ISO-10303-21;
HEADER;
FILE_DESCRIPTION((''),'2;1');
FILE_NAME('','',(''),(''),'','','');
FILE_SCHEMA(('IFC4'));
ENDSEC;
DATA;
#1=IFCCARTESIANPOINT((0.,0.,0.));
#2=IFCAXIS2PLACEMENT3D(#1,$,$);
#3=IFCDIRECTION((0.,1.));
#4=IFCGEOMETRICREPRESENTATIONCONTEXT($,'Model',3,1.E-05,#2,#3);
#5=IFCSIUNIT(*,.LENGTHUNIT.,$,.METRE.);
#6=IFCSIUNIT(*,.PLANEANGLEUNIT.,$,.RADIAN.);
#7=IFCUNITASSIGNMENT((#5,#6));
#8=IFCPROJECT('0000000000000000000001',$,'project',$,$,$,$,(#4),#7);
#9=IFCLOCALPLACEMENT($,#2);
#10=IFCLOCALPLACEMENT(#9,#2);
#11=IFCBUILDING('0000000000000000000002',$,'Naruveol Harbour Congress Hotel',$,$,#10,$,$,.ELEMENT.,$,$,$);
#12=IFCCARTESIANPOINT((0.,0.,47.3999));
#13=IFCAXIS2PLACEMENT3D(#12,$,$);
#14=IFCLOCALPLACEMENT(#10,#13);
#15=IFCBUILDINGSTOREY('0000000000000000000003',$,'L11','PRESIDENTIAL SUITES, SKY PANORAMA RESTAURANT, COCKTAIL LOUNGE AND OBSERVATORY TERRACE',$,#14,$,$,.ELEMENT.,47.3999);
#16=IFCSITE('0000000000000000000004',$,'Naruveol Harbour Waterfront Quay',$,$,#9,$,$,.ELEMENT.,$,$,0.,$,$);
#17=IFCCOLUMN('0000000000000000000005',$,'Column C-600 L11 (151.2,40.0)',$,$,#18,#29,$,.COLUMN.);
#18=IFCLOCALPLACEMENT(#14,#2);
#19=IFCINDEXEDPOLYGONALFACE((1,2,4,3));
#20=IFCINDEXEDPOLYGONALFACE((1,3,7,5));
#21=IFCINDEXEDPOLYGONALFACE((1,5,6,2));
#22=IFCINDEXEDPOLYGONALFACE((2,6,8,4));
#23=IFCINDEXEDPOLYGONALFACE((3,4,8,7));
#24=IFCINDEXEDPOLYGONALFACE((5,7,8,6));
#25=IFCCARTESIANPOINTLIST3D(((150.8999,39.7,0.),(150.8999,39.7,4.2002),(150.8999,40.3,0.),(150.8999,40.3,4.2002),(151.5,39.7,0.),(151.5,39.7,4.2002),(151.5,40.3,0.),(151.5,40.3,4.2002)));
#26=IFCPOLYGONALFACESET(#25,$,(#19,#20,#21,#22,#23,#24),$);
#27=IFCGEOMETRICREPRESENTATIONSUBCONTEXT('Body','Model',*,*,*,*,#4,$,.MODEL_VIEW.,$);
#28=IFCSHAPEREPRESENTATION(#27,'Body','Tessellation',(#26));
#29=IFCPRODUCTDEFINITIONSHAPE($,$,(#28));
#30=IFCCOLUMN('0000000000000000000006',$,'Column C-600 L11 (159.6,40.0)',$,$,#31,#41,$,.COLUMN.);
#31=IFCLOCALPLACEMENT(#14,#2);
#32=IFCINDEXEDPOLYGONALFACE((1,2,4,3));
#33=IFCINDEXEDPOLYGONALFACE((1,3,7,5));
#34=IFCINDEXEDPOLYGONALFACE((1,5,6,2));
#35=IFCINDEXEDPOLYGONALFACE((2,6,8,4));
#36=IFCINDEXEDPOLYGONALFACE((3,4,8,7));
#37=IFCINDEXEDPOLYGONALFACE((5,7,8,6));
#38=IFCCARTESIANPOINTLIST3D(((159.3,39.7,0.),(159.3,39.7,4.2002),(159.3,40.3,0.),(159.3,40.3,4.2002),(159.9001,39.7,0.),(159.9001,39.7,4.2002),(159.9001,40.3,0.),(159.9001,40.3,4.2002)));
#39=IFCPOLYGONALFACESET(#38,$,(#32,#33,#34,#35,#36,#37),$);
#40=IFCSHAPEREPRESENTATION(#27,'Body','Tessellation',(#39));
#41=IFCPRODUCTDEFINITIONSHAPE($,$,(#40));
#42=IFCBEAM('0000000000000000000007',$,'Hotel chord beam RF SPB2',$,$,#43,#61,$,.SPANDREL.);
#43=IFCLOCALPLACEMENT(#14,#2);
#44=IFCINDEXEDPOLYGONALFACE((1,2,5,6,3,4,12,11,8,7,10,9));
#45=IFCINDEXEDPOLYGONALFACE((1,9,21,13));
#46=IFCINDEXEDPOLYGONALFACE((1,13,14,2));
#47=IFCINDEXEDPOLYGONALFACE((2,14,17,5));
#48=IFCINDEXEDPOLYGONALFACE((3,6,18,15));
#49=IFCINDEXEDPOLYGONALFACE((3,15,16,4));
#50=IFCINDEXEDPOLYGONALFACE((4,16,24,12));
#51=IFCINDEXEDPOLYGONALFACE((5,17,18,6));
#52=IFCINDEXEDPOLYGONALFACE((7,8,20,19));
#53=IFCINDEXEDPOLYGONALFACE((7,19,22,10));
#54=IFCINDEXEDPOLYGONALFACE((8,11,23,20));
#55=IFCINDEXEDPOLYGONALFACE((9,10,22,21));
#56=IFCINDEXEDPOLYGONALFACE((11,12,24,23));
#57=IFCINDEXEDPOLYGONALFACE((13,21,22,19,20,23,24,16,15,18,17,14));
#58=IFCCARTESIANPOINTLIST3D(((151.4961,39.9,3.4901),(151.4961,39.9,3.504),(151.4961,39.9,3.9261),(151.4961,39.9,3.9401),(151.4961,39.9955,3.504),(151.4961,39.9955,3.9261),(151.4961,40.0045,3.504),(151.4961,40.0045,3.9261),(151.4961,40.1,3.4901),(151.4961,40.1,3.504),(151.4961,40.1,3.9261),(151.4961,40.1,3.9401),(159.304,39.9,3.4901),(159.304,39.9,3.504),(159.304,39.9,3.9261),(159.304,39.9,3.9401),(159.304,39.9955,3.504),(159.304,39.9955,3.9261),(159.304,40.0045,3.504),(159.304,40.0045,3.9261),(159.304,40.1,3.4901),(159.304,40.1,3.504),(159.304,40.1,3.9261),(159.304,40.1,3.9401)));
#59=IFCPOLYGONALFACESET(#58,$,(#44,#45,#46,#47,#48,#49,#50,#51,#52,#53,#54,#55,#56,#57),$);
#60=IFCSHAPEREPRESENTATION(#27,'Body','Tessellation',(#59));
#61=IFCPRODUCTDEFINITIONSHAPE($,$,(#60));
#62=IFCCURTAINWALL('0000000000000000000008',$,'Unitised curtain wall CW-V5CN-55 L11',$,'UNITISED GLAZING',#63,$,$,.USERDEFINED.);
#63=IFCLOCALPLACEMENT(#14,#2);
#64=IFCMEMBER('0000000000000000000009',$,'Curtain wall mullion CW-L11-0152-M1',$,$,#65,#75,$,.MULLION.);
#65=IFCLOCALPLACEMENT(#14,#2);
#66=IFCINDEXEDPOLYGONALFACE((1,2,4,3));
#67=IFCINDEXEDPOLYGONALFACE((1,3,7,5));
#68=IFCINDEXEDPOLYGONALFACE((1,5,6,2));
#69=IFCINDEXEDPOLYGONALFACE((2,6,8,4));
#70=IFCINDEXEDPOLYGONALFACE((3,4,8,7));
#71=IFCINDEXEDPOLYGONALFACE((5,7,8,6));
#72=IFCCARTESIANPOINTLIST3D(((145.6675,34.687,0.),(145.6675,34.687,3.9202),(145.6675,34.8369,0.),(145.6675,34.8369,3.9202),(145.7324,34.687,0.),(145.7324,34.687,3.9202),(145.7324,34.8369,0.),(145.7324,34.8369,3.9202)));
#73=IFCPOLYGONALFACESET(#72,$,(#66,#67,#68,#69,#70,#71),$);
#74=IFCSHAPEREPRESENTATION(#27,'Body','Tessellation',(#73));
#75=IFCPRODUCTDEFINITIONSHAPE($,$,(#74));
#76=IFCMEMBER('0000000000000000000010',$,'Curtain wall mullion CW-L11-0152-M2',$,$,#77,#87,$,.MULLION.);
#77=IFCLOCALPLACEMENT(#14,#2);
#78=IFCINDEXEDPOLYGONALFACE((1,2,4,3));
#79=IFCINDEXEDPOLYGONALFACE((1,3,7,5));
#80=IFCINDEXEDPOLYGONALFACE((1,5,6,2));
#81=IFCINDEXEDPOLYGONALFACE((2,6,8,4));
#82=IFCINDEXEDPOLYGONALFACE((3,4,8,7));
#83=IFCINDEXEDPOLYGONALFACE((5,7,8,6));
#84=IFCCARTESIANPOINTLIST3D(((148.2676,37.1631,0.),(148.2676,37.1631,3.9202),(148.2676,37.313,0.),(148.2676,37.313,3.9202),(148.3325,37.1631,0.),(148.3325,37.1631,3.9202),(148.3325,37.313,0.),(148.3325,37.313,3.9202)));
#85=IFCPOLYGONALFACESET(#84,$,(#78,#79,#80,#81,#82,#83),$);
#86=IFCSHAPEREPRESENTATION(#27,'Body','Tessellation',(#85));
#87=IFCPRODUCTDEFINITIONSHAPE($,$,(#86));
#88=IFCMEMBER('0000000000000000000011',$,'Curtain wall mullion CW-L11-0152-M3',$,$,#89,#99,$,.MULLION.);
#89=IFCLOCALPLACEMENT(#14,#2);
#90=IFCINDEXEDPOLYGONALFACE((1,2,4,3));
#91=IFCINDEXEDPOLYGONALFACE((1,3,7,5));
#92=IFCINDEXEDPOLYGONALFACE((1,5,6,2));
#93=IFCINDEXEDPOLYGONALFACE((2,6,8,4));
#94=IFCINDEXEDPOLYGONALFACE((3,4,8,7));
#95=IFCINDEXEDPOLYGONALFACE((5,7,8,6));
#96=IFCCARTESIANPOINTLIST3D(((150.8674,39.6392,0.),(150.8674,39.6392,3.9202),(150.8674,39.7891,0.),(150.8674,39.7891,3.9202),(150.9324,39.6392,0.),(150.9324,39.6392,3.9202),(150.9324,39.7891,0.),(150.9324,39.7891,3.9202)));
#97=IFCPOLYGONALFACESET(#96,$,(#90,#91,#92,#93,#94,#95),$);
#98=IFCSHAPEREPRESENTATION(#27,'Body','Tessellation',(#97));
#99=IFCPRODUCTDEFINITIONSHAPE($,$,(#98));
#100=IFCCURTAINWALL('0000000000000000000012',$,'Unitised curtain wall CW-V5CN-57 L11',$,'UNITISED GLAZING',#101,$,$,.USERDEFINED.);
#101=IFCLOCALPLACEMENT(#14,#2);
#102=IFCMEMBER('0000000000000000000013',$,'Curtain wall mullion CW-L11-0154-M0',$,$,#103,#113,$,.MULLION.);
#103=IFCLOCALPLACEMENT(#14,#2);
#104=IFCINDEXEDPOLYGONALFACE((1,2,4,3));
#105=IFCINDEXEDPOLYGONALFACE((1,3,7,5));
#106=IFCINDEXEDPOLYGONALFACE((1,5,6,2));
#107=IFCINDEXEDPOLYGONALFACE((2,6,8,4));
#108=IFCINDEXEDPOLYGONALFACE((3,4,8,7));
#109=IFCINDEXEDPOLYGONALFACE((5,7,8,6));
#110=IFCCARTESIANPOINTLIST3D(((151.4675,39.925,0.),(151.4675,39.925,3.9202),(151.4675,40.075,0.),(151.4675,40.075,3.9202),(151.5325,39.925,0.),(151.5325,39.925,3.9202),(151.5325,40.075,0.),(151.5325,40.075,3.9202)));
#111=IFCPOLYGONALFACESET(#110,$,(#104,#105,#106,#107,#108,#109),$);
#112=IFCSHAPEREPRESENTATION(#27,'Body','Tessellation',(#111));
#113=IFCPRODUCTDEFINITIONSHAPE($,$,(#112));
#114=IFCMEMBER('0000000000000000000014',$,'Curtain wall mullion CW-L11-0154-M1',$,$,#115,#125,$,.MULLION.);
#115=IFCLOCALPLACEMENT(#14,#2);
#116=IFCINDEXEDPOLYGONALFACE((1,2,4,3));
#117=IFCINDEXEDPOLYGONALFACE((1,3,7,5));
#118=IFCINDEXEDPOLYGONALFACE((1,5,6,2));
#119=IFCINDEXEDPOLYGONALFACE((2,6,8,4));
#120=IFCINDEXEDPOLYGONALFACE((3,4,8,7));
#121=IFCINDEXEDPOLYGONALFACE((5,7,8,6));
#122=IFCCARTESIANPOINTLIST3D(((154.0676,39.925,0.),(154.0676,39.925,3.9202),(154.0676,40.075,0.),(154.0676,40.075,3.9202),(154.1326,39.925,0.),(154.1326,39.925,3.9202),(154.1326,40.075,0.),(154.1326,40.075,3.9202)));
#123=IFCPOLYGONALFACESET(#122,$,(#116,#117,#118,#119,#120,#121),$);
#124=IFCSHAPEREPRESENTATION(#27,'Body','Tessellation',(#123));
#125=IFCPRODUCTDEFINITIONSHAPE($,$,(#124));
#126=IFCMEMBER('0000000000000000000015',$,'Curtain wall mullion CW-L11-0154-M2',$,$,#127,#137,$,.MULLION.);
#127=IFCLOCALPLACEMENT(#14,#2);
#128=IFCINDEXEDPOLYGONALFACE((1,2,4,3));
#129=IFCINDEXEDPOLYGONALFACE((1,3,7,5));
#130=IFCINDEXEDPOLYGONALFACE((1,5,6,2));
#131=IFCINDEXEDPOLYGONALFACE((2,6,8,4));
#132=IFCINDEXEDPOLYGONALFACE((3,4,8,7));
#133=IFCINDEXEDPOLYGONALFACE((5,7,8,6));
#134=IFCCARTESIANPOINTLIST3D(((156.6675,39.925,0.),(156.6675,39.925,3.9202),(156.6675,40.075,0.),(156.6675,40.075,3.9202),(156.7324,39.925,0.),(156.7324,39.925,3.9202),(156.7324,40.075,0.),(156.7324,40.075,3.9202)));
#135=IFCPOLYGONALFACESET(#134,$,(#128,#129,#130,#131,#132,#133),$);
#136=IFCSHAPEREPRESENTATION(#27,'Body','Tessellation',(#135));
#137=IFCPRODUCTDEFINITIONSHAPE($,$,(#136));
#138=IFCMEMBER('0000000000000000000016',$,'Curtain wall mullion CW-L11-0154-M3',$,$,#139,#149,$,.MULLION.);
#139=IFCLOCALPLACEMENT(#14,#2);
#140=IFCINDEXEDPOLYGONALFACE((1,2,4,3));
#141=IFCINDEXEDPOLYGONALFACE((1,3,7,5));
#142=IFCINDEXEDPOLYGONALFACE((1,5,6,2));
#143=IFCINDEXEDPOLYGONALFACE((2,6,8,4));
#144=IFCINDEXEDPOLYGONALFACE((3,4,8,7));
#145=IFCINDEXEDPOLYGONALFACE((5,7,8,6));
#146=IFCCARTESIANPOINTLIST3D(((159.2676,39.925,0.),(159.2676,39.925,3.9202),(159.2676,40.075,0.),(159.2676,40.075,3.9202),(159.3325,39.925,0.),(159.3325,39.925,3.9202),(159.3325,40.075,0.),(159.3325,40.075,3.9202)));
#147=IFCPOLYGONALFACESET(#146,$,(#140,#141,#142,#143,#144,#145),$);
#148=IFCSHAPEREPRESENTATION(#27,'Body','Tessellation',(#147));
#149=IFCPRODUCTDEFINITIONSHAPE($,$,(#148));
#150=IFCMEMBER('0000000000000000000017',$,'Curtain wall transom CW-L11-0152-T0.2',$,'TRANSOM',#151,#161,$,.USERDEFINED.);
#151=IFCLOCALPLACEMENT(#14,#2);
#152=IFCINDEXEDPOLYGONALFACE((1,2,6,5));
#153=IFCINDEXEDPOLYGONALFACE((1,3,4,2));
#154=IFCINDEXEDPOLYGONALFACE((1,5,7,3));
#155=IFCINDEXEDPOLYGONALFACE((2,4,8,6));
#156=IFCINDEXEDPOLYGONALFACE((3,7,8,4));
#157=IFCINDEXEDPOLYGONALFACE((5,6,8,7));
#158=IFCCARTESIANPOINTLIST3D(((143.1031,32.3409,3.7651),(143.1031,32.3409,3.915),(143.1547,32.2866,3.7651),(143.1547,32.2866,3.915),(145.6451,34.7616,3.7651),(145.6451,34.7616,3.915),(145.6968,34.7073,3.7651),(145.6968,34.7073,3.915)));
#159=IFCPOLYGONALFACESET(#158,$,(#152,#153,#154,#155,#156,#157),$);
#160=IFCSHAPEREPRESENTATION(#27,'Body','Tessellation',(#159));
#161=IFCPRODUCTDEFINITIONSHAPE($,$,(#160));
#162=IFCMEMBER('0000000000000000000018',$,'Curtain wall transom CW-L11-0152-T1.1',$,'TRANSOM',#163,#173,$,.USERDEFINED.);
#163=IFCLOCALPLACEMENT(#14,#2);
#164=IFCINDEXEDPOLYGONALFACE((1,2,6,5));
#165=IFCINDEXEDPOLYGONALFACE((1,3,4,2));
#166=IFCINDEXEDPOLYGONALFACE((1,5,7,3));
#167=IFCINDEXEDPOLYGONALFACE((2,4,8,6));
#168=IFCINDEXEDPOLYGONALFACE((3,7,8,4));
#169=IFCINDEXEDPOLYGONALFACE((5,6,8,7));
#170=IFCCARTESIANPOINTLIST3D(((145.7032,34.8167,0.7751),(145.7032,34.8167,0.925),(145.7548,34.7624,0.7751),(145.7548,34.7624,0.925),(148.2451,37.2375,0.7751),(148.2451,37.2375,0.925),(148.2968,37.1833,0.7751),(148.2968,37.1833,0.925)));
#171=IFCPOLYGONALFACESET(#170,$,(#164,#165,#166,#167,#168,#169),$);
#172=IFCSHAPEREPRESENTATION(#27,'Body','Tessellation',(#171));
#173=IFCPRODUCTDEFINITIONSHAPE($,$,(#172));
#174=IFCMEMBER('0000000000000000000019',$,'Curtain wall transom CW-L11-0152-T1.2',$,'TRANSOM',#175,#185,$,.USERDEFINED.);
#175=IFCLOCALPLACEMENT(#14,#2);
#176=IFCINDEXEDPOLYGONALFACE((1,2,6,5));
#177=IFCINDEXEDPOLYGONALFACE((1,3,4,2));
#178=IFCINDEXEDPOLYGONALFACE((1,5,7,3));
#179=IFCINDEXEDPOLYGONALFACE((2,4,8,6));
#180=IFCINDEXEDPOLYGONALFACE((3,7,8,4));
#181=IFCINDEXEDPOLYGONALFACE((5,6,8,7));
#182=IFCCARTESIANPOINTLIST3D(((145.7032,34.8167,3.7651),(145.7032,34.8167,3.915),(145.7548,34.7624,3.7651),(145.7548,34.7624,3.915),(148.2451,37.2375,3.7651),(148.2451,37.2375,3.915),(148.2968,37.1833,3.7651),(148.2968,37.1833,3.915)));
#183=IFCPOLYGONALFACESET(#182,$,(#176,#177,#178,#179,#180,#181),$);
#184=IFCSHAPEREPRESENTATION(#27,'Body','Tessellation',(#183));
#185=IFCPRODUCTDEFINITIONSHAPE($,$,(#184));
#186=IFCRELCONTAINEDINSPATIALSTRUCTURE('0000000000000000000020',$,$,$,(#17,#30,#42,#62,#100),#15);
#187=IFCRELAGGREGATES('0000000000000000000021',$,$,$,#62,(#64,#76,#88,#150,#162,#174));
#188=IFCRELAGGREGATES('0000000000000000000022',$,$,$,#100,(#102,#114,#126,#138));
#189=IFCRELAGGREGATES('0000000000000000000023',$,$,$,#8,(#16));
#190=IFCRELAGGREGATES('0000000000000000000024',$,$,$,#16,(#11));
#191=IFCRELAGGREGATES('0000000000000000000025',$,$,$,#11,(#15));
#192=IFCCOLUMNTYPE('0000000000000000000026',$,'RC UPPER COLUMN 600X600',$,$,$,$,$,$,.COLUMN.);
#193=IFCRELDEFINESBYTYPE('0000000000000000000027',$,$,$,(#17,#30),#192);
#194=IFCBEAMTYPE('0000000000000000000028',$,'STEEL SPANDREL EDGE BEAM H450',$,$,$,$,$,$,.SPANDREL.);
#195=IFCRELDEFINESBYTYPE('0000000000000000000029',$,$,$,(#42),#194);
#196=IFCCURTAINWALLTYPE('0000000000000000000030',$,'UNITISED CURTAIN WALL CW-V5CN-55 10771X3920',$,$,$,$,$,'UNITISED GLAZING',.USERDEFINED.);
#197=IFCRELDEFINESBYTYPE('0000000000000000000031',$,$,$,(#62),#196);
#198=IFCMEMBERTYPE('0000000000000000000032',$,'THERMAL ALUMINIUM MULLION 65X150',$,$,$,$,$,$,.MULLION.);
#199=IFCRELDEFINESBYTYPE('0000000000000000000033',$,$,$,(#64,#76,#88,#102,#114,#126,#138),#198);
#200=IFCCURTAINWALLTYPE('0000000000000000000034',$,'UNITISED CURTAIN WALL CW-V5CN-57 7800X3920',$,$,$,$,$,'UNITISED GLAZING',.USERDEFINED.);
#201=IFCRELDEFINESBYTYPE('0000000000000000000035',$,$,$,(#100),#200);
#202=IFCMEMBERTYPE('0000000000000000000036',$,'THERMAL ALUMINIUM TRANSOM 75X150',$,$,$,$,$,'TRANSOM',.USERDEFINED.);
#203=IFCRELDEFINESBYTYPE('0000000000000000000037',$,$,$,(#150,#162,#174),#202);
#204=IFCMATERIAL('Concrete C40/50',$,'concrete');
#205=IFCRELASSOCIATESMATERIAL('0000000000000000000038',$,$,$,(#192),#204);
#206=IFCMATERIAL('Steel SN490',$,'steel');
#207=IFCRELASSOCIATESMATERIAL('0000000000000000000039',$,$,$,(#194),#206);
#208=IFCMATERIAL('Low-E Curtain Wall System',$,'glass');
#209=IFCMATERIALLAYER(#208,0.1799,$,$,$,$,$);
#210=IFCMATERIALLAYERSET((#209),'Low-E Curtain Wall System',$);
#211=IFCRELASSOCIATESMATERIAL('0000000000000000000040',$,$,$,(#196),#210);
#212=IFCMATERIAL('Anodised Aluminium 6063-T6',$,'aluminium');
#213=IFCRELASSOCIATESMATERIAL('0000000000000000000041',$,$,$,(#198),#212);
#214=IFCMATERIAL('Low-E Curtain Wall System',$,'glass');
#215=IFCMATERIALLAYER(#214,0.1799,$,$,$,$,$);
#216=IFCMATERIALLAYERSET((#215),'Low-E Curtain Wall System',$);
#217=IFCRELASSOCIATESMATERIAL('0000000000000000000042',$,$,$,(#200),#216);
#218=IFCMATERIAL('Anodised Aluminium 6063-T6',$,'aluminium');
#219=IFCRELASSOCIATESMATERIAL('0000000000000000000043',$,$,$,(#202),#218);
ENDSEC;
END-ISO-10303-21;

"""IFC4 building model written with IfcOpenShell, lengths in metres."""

from ifc_helpers import new_model, si_unit, direction, frame, origin, origin_2d, place, context, subcontext, project, spatial, rectangle, i_section, extrude, material, layer, layer_set, material_profile, profile_set, type_object, element, aggregate, save


model = new_model("IFC4")

# Units and contexts
model_context = context("Model", 3, precision=1e-05, world=origin(), true_north=direction((0.0, 1.0)))
body_context = subcontext(model_context, "Body", "Model", "MODEL_VIEW")
ifc_project = project(units=[si_unit("LENGTHUNIT", "METRE"), si_unit("PLANEANGLEUNIT", "RADIAN")], contexts=[model_context])

# Site, building, storey
site_placement = place(None, origin())
site = spatial("IfcSite", under=ifc_project, at=site_placement, Name="Naruveol Harbour Waterfront Quay", CompositionType="ELEMENT", RefElevation=0.0)
building_placement = place(site_placement, origin())
building = spatial("IfcBuilding", under=site, at=building_placement, Name="Naruveol Harbour Congress Hotel", CompositionType="ELEMENT")
storey_placement = place(building_placement, frame((0.0, 0.0, 47.3999)))
storey = spatial("IfcBuildingStorey", under=building, at=storey_placement, Name="L11", Description="PRESIDENTIAL SUITES, SKY PANORAMA RESTAURANT, COCKTAIL LOUNGE AND OBSERVATORY TERRACE", CompositionType="ELEMENT", Elevation=47.3999)

# Columns
ifc_material_1 = material(Name="Concrete C40/50", Category="concrete")
ifc_material_profile_1 = material_profile(ifc_material_1, rectangle(XDim=0.6001, YDim=0.6001, at=origin_2d()), Name="RC-600x600")
ifc_profile_set_1 = profile_set([ifc_material_profile_1], Name="Concrete C40/50")
column_type = type_object("IfcColumnType", Name="RC UPPER COLUMN 600X600", PredefinedType="COLUMN", material=ifc_profile_set_1)
for number, where, z_axis, x_axis, name in (
    (1, (151.2, 40.0, 0.0), (0.0, 0.0, 1.0), (1.0, 0.0, 0.0), "Column C-600 L11 (151.2,40.0)"),
    (2, (159.6001, 40.0, 0.0), (0.0, 0.0, 1.0), (1.0, 0.0, 0.0), "Column C-600 L11 (159.6,40.0)"),
):
    element("IfcColumn", number, at=place(storey_placement, frame(where, z_axis=z_axis, x_axis=x_axis)), inside=storey, type_object=column_type, Name=name, PredefinedType="COLUMN", context=body_context, shape_type="SweptSolid", body=[
        extrude(rectangle(XDim=0.6001, YDim=0.6001, at=origin_2d()), origin(), (0.0, 0.0, 1.0), 4.2002),
    ])

# Beam
ifc_material_2 = material(Name="Steel SN490", Category="steel")
ifc_material_profile_2 = material_profile(ifc_material_2, i_section(OverallWidth=0.2, OverallDepth=0.45, WebThickness=0.009, FlangeThickness=0.0139, at=origin_2d()), Name="H-450x200x9x14")
ifc_profile_set_2 = profile_set([ifc_material_profile_2], Name="Steel SN490")
beam_type = type_object("IfcBeamType", Name="STEEL SPANDREL EDGE BEAM H450", PredefinedType="SPANDREL", material=ifc_profile_set_2)
beam_placement = place(storey_placement, frame((151.4961, 40.0, 3.7151), z_axis=(1.0, 0.0, 0.0), x_axis=(0.0, 1.0, 0.0)))
element("IfcBeam", 3, at=beam_placement, inside=storey, type_object=beam_type, Name="Hotel chord beam RF SPB2", PredefinedType="SPANDREL", context=body_context, shape_type="SweptSolid", body=[
    extrude(i_section(OverallWidth=0.2, OverallDepth=0.45, WebThickness=0.009, FlangeThickness=0.0139, at=origin_2d()), origin(), (0.0, 0.0, 1.0), 7.8079),
])

# Curtain walls, members
ifc_material_3 = material(Name="Low-E Curtain Wall System", Category="glass")
ifc_layer_1 = layer(ifc_material_3, 0.1799)
ifc_layer_set_1 = layer_set([ifc_layer_1], Name="Low-E Curtain Wall System")
curtain_wall_type_1 = type_object("IfcCurtainWallType", Name="UNITISED CURTAIN WALL CW-V5CN-55 10771X3920", ElementType="UNITISED GLAZING", PredefinedType="USERDEFINED", material=ifc_layer_set_1)
curtain_wall_1_placement = place(storey_placement, origin())
curtain_wall_1 = element("IfcCurtainWall", 4, at=curtain_wall_1_placement, inside=storey, type_object=curtain_wall_type_1, Name="Unitised curtain wall CW-V5CN-55 L11", ObjectType="UNITISED GLAZING", PredefinedType="USERDEFINED")
ifc_material_4 = material(Name="Anodised Aluminium 6063-T6", Category="aluminium")
ifc_material_profile_3 = material_profile(ifc_material_4, rectangle(XDim=0.0649, YDim=0.1499, at=origin_2d()), Name="ALU-65x150")
ifc_profile_set_3 = profile_set([ifc_material_profile_3], Name="Anodised Aluminium 6063-T6")
member_type_1 = type_object("IfcMemberType", Name="THERMAL ALUMINIUM MULLION 65X150", PredefinedType="MULLION", material=ifc_profile_set_3)
member_1_placement = place(storey_placement, frame((145.7, 34.762, 0.0), z_axis=(0.0, 0.0, 1.0), x_axis=(1.0, 0.0, 0.0)))
member_1 = element("IfcMember", 5, at=member_1_placement, type_object=member_type_1, Name="Curtain wall mullion CW-L11-0152-M1", PredefinedType="MULLION", context=body_context, shape_type="SweptSolid", body=[
    extrude(rectangle(XDim=0.0649, YDim=0.1499, at=origin_2d()), origin(), (0.0, 0.0, 1.0), 3.9202),
])
member_2_placement = place(storey_placement, frame((148.3, 37.238, 0.0), z_axis=(0.0, 0.0, 1.0), x_axis=(1.0, 0.0, 0.0)))
member_2 = element("IfcMember", 6, at=member_2_placement, type_object=member_type_1, Name="Curtain wall mullion CW-L11-0152-M2", PredefinedType="MULLION", context=body_context, shape_type="SweptSolid", body=[
    extrude(rectangle(XDim=0.0649, YDim=0.1499, at=origin_2d()), origin(), (0.0, 0.0, 1.0), 3.9202),
])
member_3_placement = place(storey_placement, frame((150.8999, 39.7141, 0.0), z_axis=(0.0, 0.0, 1.0), x_axis=(1.0, 0.0, 0.0)))
member_3 = element("IfcMember", 7, at=member_3_placement, type_object=member_type_1, Name="Curtain wall mullion CW-L11-0152-M3", PredefinedType="MULLION", context=body_context, shape_type="SweptSolid", body=[
    extrude(rectangle(XDim=0.0649, YDim=0.1499, at=origin_2d()), origin(), (0.0, 0.0, 1.0), 3.9202),
])
ifc_material_5 = material(Name="Low-E Curtain Wall System", Category="glass")
ifc_layer_2 = layer(ifc_material_5, 0.1799)
ifc_layer_set_2 = layer_set([ifc_layer_2], Name="Low-E Curtain Wall System")
curtain_wall_type_2 = type_object("IfcCurtainWallType", Name="UNITISED CURTAIN WALL CW-V5CN-57 7800X3920", ElementType="UNITISED GLAZING", PredefinedType="USERDEFINED", material=ifc_layer_set_2)
curtain_wall_2_placement = place(storey_placement, origin())
curtain_wall_2 = element("IfcCurtainWall", 8, at=curtain_wall_2_placement, inside=storey, type_object=curtain_wall_type_2, Name="Unitised curtain wall CW-V5CN-57 L11", ObjectType="UNITISED GLAZING", PredefinedType="USERDEFINED")
member_4_placement = place(storey_placement, frame((151.5, 40.0, 0.0), z_axis=(0.0, 0.0, 1.0), x_axis=(1.0, 0.0, 0.0)))
member_4 = element("IfcMember", 9, at=member_4_placement, type_object=member_type_1, Name="Curtain wall mullion CW-L11-0154-M0", PredefinedType="MULLION", context=body_context, shape_type="SweptSolid", body=[
    extrude(rectangle(XDim=0.0649, YDim=0.1499, at=origin_2d()), origin(), (0.0, 0.0, 1.0), 3.9202),
])
member_5_placement = place(storey_placement, frame((154.1001, 40.0, 0.0), z_axis=(0.0, 0.0, 1.0), x_axis=(1.0, 0.0, 0.0)))
member_5 = element("IfcMember", 10, at=member_5_placement, type_object=member_type_1, Name="Curtain wall mullion CW-L11-0154-M1", PredefinedType="MULLION", context=body_context, shape_type="SweptSolid", body=[
    extrude(rectangle(XDim=0.0649, YDim=0.1499, at=origin_2d()), origin(), (0.0, 0.0, 1.0), 3.9202),
])
member_6_placement = place(storey_placement, frame((156.7, 40.0, 0.0), z_axis=(0.0, 0.0, 1.0), x_axis=(1.0, 0.0, 0.0)))
member_6 = element("IfcMember", 11, at=member_6_placement, type_object=member_type_1, Name="Curtain wall mullion CW-L11-0154-M2", PredefinedType="MULLION", context=body_context, shape_type="SweptSolid", body=[
    extrude(rectangle(XDim=0.0649, YDim=0.1499, at=origin_2d()), origin(), (0.0, 0.0, 1.0), 3.9202),
])
member_7_placement = place(storey_placement, frame((159.3, 40.0, 0.0), z_axis=(0.0, 0.0, 1.0), x_axis=(1.0, 0.0, 0.0)))
member_7 = element("IfcMember", 12, at=member_7_placement, type_object=member_type_1, Name="Curtain wall mullion CW-L11-0154-M3", PredefinedType="MULLION", context=body_context, shape_type="SweptSolid", body=[
    extrude(rectangle(XDim=0.0649, YDim=0.1499, at=origin_2d()), origin(), (0.0, 0.0, 1.0), 3.9202),
])

# Members
ifc_material_6 = material(Name="Anodised Aluminium 6063-T6", Category="aluminium")
ifc_material_profile_4 = material_profile(ifc_material_6, rectangle(XDim=0.075, YDim=0.1499, at=origin_2d()), Name="ALU-75x150")
ifc_profile_set_4 = profile_set([ifc_material_profile_4], Name="Anodised Aluminium 6063-T6")
member_type_2 = type_object("IfcMemberType", Name="THERMAL ALUMINIUM TRANSOM 75X150", ElementType="TRANSOM", PredefinedType="USERDEFINED", material=ifc_profile_set_4)
member_8_placement = place(storey_placement, frame((143.1289, 32.3137, 3.8401), z_axis=(0.724179, 0.689612, 0.0), x_axis=(-0.689612, 0.724179, 0.0)))
member_8 = element("IfcMember", 13, at=member_8_placement, type_object=member_type_2, Name="Curtain wall transom CW-L11-0152-T0.2", ObjectType="TRANSOM", PredefinedType="USERDEFINED", context=body_context, shape_type="SweptSolid", body=[
    extrude(rectangle(XDim=0.075, YDim=0.1499, at=origin_2d()), origin(), (0.0, 0.0, 1.0), 3.5103),
])
member_9_placement = place(storey_placement, frame((145.729, 34.7896, 0.8501), z_axis=(0.724145, 0.689648, 0.0), x_axis=(-0.689648, 0.724145, 0.0)))
member_9 = element("IfcMember", 14, at=member_9_placement, type_object=member_type_2, Name="Curtain wall transom CW-L11-0152-T1.1", ObjectType="TRANSOM", PredefinedType="USERDEFINED", context=body_context, shape_type="SweptSolid", body=[
    extrude(rectangle(XDim=0.075, YDim=0.1499, at=origin_2d()), origin(), (0.0, 0.0, 1.0), 3.5103),
])
member_10_placement = place(storey_placement, frame((145.729, 34.7896, 3.8401), z_axis=(0.724145, 0.689648, 0.0), x_axis=(-0.689648, 0.724145, 0.0)))
member_10 = element("IfcMember", 15, at=member_10_placement, type_object=member_type_2, Name="Curtain wall transom CW-L11-0152-T1.2", ObjectType="TRANSOM", PredefinedType="USERDEFINED", context=body_context, shape_type="SweptSolid", body=[
    extrude(rectangle(XDim=0.075, YDim=0.1499, at=origin_2d()), origin(), (0.0, 0.0, 1.0), 3.5103),
])

aggregate(curtain_wall_1, [member_1, member_2, member_3, member_8, member_9, member_10])
aggregate(curtain_wall_2, [member_4, member_5, member_6, member_7])

save(model, "model.ifc")
